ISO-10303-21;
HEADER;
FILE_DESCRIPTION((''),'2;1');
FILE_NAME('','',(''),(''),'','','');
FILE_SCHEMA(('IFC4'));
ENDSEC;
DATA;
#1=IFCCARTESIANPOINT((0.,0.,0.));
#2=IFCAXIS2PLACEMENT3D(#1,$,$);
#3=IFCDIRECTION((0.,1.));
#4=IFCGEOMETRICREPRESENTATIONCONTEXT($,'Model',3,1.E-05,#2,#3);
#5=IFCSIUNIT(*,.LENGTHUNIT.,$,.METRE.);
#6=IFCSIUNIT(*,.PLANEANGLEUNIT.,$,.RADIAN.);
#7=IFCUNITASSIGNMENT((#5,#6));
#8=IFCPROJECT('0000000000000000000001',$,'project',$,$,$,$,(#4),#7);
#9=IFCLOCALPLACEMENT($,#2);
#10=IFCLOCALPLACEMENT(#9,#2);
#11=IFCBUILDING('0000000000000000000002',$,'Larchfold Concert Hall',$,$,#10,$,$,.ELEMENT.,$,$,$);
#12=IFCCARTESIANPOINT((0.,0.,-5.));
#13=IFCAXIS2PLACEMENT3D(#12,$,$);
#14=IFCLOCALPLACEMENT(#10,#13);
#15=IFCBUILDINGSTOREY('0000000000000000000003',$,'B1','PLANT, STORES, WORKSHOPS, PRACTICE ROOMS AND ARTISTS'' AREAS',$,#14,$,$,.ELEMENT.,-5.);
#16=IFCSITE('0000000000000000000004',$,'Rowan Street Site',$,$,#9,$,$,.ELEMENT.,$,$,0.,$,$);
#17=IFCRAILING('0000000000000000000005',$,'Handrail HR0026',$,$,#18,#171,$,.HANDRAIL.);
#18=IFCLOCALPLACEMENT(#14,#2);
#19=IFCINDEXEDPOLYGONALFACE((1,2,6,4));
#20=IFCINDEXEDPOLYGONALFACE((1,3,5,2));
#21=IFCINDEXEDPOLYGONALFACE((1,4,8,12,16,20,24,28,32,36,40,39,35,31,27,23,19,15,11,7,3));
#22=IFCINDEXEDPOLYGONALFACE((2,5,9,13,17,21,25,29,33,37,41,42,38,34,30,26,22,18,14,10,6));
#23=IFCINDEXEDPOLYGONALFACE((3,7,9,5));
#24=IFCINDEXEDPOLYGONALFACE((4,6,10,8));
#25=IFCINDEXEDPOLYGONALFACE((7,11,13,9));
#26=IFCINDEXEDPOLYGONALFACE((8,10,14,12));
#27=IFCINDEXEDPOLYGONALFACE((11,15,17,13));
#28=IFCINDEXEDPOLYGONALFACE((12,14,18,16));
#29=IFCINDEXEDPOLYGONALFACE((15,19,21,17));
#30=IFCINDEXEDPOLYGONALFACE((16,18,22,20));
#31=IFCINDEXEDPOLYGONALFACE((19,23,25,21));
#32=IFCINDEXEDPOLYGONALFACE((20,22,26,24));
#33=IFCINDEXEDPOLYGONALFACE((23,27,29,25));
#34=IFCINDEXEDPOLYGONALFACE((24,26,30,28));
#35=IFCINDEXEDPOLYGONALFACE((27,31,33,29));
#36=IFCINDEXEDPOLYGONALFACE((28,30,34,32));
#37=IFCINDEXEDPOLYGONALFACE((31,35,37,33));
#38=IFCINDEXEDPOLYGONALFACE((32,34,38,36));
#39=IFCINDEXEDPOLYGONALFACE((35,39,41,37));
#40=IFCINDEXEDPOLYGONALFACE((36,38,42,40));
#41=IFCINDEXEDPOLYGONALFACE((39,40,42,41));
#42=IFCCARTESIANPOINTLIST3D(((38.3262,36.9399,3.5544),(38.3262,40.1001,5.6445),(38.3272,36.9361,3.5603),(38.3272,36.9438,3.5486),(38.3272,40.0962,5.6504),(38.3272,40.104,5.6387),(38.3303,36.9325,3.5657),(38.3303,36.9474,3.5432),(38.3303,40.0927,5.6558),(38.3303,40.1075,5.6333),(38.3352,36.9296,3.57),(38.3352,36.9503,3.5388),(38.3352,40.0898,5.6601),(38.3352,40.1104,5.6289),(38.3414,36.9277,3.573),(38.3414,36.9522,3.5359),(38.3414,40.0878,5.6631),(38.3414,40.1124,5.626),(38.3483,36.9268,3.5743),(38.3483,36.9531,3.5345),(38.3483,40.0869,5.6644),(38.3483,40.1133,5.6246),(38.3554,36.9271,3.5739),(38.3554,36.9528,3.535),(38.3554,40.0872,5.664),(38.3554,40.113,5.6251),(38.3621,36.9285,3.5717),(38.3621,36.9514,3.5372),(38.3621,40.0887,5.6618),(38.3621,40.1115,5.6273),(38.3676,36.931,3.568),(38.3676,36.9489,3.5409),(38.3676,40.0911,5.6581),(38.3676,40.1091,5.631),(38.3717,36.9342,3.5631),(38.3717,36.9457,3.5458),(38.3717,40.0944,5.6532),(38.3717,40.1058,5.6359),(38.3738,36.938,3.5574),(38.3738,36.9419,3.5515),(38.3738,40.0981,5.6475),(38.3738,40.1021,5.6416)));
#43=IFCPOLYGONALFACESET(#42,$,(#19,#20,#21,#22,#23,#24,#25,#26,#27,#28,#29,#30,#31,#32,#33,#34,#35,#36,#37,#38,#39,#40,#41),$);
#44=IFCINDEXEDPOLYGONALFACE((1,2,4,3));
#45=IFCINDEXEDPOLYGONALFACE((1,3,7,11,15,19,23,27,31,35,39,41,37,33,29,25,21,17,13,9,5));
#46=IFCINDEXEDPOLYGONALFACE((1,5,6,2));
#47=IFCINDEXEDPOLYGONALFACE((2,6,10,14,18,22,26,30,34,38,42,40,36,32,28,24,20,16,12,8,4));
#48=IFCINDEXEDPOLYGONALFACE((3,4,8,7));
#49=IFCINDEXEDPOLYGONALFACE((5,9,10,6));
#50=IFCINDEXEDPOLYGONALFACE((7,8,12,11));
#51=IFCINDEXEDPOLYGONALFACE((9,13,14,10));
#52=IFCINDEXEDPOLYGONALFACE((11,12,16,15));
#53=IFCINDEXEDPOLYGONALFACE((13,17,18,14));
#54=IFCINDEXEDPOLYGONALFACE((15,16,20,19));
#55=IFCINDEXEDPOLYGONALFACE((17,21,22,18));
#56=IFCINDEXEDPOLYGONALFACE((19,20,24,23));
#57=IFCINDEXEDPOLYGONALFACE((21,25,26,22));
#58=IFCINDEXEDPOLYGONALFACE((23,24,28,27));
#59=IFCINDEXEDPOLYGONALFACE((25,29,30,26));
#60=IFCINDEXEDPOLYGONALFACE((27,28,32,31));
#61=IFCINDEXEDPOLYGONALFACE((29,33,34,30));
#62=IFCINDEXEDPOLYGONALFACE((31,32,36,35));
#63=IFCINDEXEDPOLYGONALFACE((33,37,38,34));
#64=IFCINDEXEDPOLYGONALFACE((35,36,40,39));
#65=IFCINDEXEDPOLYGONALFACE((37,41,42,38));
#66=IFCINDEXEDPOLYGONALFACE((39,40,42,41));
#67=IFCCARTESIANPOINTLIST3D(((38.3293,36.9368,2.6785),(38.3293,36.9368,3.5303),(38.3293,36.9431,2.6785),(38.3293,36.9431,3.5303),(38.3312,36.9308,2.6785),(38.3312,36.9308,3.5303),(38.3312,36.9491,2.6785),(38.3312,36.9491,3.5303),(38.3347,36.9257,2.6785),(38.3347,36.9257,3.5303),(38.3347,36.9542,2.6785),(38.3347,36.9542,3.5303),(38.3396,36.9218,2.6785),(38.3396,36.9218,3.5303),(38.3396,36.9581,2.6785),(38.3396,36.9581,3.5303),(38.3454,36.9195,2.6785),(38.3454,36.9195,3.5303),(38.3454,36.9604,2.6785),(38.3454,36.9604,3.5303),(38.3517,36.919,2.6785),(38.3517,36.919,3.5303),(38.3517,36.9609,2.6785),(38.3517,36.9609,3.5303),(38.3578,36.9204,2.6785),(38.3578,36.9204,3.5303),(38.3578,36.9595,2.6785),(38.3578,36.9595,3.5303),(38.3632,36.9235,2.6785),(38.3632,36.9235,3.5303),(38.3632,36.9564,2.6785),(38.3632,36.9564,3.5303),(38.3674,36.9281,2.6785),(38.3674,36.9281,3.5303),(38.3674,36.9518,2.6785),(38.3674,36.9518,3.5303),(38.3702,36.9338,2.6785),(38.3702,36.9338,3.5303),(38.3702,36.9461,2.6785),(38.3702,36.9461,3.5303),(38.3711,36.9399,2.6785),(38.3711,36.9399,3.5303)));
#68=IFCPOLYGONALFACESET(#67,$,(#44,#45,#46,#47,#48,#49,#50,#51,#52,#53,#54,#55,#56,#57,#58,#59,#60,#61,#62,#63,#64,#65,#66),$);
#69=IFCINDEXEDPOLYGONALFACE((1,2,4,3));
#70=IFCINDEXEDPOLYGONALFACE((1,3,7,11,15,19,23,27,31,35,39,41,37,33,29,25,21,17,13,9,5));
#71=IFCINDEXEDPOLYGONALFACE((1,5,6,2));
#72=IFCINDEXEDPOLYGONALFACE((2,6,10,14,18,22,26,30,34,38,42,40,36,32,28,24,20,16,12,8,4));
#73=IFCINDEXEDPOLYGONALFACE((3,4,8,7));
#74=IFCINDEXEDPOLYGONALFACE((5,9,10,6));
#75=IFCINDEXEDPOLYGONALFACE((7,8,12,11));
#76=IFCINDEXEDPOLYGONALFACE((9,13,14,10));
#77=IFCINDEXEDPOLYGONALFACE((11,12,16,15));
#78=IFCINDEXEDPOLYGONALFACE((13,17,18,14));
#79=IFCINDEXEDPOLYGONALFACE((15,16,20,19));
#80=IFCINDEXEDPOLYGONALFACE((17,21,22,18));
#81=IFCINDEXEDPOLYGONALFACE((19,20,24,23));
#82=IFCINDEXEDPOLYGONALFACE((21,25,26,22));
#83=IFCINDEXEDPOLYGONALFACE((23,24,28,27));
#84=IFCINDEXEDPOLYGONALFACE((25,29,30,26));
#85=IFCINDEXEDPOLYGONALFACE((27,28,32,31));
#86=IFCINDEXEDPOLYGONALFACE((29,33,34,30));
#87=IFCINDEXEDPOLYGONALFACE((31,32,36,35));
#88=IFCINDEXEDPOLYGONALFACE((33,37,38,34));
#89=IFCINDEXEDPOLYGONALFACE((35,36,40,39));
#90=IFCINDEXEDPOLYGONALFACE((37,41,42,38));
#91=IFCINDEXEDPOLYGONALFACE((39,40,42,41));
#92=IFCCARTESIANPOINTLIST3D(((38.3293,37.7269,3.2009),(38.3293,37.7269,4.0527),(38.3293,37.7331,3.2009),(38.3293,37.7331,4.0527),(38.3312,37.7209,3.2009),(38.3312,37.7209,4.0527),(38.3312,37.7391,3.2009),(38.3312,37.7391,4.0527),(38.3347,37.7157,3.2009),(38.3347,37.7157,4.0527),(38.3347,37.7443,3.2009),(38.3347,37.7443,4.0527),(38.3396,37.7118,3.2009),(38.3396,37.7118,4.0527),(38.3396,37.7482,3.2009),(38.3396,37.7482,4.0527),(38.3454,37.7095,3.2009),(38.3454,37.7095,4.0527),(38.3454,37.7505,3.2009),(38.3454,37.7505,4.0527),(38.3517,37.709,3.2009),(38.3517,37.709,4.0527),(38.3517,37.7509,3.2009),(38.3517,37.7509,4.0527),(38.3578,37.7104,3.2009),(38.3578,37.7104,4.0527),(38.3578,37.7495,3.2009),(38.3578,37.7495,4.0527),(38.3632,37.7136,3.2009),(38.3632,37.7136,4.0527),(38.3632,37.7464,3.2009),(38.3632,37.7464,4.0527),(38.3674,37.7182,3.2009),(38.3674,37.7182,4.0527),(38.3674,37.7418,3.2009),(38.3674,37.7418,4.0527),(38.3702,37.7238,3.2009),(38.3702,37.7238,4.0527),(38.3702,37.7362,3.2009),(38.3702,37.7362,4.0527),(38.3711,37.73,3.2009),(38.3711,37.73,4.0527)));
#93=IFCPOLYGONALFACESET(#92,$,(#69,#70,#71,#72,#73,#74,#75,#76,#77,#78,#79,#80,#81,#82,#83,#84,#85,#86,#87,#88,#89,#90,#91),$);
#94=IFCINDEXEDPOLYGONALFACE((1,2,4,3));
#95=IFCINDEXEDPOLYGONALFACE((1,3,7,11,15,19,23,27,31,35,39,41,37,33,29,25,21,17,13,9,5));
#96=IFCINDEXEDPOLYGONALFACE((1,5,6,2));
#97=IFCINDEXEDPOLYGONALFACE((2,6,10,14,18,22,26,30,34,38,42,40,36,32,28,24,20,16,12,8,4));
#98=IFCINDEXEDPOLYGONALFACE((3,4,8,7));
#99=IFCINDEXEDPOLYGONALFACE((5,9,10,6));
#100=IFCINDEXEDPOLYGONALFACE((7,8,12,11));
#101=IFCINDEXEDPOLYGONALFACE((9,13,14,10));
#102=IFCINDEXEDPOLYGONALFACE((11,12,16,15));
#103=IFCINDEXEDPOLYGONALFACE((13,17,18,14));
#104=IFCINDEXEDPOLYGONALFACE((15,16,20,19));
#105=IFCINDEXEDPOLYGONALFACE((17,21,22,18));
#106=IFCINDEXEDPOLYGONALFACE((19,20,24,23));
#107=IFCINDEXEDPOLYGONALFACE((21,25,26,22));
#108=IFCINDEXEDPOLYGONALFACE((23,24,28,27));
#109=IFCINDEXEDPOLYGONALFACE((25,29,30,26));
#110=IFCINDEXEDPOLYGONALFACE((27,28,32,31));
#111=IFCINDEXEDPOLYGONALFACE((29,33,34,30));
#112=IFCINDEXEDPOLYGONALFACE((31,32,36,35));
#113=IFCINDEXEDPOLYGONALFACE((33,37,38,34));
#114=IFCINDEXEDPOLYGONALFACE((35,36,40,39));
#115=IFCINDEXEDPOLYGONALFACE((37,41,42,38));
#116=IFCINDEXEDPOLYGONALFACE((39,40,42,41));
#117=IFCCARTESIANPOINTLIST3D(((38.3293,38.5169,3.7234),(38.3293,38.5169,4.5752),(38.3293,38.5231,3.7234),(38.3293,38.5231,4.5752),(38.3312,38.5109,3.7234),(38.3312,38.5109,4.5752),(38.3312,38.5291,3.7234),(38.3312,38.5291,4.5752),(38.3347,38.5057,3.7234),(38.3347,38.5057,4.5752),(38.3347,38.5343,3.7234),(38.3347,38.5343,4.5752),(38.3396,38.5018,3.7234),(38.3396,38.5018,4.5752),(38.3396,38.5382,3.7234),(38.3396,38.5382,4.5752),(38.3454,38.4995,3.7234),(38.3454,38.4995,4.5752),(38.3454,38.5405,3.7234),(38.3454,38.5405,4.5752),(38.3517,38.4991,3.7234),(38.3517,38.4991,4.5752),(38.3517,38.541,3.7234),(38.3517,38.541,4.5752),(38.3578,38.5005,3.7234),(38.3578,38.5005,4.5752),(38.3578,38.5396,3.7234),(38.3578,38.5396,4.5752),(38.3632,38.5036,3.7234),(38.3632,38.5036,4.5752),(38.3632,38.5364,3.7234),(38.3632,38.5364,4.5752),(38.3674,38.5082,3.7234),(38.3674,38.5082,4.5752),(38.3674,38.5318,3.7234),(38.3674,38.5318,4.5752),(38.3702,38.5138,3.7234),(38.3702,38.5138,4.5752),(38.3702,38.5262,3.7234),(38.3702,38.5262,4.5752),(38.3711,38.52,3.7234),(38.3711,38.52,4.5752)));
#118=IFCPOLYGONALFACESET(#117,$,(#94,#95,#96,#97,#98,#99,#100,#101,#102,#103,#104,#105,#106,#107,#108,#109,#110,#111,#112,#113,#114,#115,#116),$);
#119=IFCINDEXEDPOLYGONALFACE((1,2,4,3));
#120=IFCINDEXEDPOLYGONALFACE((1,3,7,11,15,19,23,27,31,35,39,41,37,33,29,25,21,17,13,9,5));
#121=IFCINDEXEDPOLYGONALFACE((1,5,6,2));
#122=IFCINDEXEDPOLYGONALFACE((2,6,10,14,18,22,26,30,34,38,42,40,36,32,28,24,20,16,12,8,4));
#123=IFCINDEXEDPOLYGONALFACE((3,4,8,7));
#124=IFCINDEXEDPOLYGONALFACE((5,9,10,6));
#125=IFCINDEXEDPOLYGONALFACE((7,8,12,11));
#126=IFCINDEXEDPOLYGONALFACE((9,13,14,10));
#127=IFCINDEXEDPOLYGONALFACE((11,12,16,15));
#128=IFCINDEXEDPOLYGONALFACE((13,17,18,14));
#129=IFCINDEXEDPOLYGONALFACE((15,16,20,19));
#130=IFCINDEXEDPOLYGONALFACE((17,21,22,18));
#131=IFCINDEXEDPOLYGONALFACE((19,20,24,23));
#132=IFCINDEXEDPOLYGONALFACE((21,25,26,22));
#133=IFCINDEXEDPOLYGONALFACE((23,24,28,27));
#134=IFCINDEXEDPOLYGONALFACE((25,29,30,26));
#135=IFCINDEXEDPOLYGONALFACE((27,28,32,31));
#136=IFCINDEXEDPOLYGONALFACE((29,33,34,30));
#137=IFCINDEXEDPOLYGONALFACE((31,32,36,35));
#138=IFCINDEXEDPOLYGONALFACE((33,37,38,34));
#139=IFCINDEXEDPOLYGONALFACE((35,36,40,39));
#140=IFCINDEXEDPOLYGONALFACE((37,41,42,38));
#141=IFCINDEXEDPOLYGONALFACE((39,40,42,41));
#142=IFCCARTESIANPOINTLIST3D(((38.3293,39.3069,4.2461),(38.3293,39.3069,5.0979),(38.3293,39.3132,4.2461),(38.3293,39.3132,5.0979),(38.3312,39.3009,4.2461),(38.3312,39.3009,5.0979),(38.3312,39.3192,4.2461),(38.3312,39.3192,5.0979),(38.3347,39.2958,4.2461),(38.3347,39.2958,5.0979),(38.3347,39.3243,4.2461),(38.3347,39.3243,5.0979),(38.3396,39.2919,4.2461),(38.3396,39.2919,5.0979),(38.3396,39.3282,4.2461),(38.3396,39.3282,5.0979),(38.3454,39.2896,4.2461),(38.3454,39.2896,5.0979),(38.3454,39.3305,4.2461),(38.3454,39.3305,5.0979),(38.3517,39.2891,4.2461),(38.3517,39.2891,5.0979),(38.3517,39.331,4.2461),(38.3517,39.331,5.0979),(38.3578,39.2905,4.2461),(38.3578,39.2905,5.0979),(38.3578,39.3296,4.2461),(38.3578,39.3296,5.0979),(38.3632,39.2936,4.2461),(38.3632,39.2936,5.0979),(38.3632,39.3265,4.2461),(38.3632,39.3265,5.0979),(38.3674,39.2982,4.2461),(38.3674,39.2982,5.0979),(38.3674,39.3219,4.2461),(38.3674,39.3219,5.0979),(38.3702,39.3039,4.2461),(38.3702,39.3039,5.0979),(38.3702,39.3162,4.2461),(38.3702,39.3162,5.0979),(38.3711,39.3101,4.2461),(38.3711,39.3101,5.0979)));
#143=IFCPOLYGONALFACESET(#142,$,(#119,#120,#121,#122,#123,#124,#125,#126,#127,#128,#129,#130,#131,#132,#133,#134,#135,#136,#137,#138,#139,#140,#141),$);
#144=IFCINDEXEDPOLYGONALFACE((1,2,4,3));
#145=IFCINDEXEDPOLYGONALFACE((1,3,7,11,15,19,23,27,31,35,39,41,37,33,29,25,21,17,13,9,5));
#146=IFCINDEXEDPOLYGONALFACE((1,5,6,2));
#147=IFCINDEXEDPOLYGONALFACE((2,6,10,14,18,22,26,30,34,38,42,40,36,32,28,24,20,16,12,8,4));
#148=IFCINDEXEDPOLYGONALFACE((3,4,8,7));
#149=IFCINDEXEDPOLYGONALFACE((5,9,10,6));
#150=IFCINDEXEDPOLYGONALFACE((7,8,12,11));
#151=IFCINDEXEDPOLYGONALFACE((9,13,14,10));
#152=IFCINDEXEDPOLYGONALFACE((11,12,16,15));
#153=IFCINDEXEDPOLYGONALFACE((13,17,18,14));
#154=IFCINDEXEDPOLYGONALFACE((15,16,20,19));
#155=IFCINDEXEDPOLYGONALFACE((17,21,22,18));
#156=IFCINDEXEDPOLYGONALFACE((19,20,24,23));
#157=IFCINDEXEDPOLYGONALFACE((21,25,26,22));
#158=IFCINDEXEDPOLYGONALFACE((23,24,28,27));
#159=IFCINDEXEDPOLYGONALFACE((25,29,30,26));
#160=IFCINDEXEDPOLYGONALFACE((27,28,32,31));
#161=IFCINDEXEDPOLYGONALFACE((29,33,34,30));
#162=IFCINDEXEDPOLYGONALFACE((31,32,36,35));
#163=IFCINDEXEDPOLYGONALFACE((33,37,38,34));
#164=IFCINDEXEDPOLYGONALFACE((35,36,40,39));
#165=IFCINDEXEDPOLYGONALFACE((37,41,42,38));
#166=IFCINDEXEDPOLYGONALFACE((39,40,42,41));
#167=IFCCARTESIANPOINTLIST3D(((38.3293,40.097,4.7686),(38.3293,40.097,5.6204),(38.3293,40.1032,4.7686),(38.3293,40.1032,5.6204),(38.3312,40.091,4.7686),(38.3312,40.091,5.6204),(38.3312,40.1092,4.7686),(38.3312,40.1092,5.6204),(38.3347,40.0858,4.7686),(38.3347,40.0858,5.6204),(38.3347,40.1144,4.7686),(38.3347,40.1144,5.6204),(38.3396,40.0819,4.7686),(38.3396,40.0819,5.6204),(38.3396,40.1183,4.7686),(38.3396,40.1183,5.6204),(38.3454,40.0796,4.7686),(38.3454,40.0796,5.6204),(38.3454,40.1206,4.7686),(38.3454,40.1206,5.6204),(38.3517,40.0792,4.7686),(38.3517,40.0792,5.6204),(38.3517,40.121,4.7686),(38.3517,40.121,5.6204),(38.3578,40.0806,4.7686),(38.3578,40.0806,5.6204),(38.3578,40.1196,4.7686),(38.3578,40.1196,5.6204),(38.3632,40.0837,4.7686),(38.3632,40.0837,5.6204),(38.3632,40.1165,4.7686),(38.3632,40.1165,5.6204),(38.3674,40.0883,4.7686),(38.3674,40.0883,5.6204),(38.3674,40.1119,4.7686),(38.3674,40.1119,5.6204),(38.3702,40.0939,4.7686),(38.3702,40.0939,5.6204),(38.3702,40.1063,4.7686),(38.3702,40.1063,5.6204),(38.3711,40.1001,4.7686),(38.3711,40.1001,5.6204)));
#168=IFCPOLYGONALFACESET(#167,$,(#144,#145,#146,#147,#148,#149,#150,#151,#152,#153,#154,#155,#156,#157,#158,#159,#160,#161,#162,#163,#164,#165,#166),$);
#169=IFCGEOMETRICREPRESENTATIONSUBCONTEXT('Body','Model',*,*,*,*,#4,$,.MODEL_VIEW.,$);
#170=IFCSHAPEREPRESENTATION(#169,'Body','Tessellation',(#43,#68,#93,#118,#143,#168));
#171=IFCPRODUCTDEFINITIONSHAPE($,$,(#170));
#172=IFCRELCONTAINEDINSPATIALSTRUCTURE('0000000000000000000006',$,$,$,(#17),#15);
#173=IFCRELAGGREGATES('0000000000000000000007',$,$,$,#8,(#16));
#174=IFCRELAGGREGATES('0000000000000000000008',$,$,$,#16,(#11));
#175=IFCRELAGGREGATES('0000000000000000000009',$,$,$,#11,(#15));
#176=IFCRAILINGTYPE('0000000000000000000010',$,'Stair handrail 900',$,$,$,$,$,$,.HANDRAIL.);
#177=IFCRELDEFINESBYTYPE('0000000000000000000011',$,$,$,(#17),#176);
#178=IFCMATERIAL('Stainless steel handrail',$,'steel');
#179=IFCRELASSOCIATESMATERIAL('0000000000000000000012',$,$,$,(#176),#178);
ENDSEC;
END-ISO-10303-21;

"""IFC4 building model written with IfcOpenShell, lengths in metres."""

from ifc_helpers import new_model, si_unit, direction, frame, origin, origin_2d, place, context, subcontext, project, spatial, circle, extrude, material, type_object, element, save


model = new_model("IFC4")

# Units and contexts
model_context = context("Model", 3, precision=1e-05, world=origin(), true_north=direction((0.0, 1.0)))
body_context = subcontext(model_context, "Body", "Model", "MODEL_VIEW")
ifc_project = project(units=[si_unit("LENGTHUNIT", "METRE"), si_unit("PLANEANGLEUNIT", "RADIAN")], contexts=[model_context])

# Site, building, storey
site_placement = place(None, origin())
site = spatial("IfcSite", under=ifc_project, at=site_placement, Name="Rowan Street Site", CompositionType="ELEMENT", RefElevation=0.0)
building_placement = place(site_placement, origin())
building = spatial("IfcBuilding", under=site, at=building_placement, Name="Larchfold Concert Hall", CompositionType="ELEMENT")
storey_placement = place(building_placement, frame((0.0, 0.0, -5.0)))
storey = spatial("IfcBuildingStorey", under=building, at=storey_placement, Name="B1", Description="PLANT, STORES, WORKSHOPS, PRACTICE ROOMS AND ARTISTS' AREAS", CompositionType="ELEMENT", Elevation=-5.0)

# Railing
ifc_material_1 = material(Name="Stainless steel handrail", Category="steel")
railing_type_1 = type_object("IfcRailingType", Name="Stair handrail 900", PredefinedType="HANDRAIL", material=ifc_material_1)
railing_1_placement = place(storey_placement, frame((38.3501, 36.9399, 2.6785)))
element("IfcRailing", 1, at=railing_1_placement, inside=storey, type_object=railing_type_1, Name="Handrail HR0026", PredefinedType="HANDRAIL", context=body_context, shape_type="SweptSolid", body=[
    extrude(circle(Radius=0.0239, at=origin_2d()), frame((0.0, 0.0, 0.876), z_axis=(0.0, 0.834077, 0.551648), x_axis=(-1.0, 0.0, 0.0)), (0.0, 0.0, 1.0), 3.7888),
    extrude(circle(Radius=0.021, at=origin_2d()), origin(), (0.0, 0.0, 1.0), 0.8518),
    extrude(circle(Radius=0.021, at=origin_2d()), frame((0.0, 0.79, 0.5225)), (0.0, 0.0, 1.0), 0.8518),
    extrude(circle(Radius=0.021, at=origin_2d()), frame((0.0, 1.5801, 1.0449)), (0.0, 0.0, 1.0), 0.8518),
    extrude(circle(Radius=0.021, at=origin_2d()), frame((0.0, 2.3701, 1.5676)), (0.0, 0.0, 1.0), 0.8518),
    extrude(circle(Radius=0.021, at=origin_2d()), frame((0.0, 3.1602, 2.0901)), (0.0, 0.0, 1.0), 0.8518),
])

save(model, "model.ifc")
